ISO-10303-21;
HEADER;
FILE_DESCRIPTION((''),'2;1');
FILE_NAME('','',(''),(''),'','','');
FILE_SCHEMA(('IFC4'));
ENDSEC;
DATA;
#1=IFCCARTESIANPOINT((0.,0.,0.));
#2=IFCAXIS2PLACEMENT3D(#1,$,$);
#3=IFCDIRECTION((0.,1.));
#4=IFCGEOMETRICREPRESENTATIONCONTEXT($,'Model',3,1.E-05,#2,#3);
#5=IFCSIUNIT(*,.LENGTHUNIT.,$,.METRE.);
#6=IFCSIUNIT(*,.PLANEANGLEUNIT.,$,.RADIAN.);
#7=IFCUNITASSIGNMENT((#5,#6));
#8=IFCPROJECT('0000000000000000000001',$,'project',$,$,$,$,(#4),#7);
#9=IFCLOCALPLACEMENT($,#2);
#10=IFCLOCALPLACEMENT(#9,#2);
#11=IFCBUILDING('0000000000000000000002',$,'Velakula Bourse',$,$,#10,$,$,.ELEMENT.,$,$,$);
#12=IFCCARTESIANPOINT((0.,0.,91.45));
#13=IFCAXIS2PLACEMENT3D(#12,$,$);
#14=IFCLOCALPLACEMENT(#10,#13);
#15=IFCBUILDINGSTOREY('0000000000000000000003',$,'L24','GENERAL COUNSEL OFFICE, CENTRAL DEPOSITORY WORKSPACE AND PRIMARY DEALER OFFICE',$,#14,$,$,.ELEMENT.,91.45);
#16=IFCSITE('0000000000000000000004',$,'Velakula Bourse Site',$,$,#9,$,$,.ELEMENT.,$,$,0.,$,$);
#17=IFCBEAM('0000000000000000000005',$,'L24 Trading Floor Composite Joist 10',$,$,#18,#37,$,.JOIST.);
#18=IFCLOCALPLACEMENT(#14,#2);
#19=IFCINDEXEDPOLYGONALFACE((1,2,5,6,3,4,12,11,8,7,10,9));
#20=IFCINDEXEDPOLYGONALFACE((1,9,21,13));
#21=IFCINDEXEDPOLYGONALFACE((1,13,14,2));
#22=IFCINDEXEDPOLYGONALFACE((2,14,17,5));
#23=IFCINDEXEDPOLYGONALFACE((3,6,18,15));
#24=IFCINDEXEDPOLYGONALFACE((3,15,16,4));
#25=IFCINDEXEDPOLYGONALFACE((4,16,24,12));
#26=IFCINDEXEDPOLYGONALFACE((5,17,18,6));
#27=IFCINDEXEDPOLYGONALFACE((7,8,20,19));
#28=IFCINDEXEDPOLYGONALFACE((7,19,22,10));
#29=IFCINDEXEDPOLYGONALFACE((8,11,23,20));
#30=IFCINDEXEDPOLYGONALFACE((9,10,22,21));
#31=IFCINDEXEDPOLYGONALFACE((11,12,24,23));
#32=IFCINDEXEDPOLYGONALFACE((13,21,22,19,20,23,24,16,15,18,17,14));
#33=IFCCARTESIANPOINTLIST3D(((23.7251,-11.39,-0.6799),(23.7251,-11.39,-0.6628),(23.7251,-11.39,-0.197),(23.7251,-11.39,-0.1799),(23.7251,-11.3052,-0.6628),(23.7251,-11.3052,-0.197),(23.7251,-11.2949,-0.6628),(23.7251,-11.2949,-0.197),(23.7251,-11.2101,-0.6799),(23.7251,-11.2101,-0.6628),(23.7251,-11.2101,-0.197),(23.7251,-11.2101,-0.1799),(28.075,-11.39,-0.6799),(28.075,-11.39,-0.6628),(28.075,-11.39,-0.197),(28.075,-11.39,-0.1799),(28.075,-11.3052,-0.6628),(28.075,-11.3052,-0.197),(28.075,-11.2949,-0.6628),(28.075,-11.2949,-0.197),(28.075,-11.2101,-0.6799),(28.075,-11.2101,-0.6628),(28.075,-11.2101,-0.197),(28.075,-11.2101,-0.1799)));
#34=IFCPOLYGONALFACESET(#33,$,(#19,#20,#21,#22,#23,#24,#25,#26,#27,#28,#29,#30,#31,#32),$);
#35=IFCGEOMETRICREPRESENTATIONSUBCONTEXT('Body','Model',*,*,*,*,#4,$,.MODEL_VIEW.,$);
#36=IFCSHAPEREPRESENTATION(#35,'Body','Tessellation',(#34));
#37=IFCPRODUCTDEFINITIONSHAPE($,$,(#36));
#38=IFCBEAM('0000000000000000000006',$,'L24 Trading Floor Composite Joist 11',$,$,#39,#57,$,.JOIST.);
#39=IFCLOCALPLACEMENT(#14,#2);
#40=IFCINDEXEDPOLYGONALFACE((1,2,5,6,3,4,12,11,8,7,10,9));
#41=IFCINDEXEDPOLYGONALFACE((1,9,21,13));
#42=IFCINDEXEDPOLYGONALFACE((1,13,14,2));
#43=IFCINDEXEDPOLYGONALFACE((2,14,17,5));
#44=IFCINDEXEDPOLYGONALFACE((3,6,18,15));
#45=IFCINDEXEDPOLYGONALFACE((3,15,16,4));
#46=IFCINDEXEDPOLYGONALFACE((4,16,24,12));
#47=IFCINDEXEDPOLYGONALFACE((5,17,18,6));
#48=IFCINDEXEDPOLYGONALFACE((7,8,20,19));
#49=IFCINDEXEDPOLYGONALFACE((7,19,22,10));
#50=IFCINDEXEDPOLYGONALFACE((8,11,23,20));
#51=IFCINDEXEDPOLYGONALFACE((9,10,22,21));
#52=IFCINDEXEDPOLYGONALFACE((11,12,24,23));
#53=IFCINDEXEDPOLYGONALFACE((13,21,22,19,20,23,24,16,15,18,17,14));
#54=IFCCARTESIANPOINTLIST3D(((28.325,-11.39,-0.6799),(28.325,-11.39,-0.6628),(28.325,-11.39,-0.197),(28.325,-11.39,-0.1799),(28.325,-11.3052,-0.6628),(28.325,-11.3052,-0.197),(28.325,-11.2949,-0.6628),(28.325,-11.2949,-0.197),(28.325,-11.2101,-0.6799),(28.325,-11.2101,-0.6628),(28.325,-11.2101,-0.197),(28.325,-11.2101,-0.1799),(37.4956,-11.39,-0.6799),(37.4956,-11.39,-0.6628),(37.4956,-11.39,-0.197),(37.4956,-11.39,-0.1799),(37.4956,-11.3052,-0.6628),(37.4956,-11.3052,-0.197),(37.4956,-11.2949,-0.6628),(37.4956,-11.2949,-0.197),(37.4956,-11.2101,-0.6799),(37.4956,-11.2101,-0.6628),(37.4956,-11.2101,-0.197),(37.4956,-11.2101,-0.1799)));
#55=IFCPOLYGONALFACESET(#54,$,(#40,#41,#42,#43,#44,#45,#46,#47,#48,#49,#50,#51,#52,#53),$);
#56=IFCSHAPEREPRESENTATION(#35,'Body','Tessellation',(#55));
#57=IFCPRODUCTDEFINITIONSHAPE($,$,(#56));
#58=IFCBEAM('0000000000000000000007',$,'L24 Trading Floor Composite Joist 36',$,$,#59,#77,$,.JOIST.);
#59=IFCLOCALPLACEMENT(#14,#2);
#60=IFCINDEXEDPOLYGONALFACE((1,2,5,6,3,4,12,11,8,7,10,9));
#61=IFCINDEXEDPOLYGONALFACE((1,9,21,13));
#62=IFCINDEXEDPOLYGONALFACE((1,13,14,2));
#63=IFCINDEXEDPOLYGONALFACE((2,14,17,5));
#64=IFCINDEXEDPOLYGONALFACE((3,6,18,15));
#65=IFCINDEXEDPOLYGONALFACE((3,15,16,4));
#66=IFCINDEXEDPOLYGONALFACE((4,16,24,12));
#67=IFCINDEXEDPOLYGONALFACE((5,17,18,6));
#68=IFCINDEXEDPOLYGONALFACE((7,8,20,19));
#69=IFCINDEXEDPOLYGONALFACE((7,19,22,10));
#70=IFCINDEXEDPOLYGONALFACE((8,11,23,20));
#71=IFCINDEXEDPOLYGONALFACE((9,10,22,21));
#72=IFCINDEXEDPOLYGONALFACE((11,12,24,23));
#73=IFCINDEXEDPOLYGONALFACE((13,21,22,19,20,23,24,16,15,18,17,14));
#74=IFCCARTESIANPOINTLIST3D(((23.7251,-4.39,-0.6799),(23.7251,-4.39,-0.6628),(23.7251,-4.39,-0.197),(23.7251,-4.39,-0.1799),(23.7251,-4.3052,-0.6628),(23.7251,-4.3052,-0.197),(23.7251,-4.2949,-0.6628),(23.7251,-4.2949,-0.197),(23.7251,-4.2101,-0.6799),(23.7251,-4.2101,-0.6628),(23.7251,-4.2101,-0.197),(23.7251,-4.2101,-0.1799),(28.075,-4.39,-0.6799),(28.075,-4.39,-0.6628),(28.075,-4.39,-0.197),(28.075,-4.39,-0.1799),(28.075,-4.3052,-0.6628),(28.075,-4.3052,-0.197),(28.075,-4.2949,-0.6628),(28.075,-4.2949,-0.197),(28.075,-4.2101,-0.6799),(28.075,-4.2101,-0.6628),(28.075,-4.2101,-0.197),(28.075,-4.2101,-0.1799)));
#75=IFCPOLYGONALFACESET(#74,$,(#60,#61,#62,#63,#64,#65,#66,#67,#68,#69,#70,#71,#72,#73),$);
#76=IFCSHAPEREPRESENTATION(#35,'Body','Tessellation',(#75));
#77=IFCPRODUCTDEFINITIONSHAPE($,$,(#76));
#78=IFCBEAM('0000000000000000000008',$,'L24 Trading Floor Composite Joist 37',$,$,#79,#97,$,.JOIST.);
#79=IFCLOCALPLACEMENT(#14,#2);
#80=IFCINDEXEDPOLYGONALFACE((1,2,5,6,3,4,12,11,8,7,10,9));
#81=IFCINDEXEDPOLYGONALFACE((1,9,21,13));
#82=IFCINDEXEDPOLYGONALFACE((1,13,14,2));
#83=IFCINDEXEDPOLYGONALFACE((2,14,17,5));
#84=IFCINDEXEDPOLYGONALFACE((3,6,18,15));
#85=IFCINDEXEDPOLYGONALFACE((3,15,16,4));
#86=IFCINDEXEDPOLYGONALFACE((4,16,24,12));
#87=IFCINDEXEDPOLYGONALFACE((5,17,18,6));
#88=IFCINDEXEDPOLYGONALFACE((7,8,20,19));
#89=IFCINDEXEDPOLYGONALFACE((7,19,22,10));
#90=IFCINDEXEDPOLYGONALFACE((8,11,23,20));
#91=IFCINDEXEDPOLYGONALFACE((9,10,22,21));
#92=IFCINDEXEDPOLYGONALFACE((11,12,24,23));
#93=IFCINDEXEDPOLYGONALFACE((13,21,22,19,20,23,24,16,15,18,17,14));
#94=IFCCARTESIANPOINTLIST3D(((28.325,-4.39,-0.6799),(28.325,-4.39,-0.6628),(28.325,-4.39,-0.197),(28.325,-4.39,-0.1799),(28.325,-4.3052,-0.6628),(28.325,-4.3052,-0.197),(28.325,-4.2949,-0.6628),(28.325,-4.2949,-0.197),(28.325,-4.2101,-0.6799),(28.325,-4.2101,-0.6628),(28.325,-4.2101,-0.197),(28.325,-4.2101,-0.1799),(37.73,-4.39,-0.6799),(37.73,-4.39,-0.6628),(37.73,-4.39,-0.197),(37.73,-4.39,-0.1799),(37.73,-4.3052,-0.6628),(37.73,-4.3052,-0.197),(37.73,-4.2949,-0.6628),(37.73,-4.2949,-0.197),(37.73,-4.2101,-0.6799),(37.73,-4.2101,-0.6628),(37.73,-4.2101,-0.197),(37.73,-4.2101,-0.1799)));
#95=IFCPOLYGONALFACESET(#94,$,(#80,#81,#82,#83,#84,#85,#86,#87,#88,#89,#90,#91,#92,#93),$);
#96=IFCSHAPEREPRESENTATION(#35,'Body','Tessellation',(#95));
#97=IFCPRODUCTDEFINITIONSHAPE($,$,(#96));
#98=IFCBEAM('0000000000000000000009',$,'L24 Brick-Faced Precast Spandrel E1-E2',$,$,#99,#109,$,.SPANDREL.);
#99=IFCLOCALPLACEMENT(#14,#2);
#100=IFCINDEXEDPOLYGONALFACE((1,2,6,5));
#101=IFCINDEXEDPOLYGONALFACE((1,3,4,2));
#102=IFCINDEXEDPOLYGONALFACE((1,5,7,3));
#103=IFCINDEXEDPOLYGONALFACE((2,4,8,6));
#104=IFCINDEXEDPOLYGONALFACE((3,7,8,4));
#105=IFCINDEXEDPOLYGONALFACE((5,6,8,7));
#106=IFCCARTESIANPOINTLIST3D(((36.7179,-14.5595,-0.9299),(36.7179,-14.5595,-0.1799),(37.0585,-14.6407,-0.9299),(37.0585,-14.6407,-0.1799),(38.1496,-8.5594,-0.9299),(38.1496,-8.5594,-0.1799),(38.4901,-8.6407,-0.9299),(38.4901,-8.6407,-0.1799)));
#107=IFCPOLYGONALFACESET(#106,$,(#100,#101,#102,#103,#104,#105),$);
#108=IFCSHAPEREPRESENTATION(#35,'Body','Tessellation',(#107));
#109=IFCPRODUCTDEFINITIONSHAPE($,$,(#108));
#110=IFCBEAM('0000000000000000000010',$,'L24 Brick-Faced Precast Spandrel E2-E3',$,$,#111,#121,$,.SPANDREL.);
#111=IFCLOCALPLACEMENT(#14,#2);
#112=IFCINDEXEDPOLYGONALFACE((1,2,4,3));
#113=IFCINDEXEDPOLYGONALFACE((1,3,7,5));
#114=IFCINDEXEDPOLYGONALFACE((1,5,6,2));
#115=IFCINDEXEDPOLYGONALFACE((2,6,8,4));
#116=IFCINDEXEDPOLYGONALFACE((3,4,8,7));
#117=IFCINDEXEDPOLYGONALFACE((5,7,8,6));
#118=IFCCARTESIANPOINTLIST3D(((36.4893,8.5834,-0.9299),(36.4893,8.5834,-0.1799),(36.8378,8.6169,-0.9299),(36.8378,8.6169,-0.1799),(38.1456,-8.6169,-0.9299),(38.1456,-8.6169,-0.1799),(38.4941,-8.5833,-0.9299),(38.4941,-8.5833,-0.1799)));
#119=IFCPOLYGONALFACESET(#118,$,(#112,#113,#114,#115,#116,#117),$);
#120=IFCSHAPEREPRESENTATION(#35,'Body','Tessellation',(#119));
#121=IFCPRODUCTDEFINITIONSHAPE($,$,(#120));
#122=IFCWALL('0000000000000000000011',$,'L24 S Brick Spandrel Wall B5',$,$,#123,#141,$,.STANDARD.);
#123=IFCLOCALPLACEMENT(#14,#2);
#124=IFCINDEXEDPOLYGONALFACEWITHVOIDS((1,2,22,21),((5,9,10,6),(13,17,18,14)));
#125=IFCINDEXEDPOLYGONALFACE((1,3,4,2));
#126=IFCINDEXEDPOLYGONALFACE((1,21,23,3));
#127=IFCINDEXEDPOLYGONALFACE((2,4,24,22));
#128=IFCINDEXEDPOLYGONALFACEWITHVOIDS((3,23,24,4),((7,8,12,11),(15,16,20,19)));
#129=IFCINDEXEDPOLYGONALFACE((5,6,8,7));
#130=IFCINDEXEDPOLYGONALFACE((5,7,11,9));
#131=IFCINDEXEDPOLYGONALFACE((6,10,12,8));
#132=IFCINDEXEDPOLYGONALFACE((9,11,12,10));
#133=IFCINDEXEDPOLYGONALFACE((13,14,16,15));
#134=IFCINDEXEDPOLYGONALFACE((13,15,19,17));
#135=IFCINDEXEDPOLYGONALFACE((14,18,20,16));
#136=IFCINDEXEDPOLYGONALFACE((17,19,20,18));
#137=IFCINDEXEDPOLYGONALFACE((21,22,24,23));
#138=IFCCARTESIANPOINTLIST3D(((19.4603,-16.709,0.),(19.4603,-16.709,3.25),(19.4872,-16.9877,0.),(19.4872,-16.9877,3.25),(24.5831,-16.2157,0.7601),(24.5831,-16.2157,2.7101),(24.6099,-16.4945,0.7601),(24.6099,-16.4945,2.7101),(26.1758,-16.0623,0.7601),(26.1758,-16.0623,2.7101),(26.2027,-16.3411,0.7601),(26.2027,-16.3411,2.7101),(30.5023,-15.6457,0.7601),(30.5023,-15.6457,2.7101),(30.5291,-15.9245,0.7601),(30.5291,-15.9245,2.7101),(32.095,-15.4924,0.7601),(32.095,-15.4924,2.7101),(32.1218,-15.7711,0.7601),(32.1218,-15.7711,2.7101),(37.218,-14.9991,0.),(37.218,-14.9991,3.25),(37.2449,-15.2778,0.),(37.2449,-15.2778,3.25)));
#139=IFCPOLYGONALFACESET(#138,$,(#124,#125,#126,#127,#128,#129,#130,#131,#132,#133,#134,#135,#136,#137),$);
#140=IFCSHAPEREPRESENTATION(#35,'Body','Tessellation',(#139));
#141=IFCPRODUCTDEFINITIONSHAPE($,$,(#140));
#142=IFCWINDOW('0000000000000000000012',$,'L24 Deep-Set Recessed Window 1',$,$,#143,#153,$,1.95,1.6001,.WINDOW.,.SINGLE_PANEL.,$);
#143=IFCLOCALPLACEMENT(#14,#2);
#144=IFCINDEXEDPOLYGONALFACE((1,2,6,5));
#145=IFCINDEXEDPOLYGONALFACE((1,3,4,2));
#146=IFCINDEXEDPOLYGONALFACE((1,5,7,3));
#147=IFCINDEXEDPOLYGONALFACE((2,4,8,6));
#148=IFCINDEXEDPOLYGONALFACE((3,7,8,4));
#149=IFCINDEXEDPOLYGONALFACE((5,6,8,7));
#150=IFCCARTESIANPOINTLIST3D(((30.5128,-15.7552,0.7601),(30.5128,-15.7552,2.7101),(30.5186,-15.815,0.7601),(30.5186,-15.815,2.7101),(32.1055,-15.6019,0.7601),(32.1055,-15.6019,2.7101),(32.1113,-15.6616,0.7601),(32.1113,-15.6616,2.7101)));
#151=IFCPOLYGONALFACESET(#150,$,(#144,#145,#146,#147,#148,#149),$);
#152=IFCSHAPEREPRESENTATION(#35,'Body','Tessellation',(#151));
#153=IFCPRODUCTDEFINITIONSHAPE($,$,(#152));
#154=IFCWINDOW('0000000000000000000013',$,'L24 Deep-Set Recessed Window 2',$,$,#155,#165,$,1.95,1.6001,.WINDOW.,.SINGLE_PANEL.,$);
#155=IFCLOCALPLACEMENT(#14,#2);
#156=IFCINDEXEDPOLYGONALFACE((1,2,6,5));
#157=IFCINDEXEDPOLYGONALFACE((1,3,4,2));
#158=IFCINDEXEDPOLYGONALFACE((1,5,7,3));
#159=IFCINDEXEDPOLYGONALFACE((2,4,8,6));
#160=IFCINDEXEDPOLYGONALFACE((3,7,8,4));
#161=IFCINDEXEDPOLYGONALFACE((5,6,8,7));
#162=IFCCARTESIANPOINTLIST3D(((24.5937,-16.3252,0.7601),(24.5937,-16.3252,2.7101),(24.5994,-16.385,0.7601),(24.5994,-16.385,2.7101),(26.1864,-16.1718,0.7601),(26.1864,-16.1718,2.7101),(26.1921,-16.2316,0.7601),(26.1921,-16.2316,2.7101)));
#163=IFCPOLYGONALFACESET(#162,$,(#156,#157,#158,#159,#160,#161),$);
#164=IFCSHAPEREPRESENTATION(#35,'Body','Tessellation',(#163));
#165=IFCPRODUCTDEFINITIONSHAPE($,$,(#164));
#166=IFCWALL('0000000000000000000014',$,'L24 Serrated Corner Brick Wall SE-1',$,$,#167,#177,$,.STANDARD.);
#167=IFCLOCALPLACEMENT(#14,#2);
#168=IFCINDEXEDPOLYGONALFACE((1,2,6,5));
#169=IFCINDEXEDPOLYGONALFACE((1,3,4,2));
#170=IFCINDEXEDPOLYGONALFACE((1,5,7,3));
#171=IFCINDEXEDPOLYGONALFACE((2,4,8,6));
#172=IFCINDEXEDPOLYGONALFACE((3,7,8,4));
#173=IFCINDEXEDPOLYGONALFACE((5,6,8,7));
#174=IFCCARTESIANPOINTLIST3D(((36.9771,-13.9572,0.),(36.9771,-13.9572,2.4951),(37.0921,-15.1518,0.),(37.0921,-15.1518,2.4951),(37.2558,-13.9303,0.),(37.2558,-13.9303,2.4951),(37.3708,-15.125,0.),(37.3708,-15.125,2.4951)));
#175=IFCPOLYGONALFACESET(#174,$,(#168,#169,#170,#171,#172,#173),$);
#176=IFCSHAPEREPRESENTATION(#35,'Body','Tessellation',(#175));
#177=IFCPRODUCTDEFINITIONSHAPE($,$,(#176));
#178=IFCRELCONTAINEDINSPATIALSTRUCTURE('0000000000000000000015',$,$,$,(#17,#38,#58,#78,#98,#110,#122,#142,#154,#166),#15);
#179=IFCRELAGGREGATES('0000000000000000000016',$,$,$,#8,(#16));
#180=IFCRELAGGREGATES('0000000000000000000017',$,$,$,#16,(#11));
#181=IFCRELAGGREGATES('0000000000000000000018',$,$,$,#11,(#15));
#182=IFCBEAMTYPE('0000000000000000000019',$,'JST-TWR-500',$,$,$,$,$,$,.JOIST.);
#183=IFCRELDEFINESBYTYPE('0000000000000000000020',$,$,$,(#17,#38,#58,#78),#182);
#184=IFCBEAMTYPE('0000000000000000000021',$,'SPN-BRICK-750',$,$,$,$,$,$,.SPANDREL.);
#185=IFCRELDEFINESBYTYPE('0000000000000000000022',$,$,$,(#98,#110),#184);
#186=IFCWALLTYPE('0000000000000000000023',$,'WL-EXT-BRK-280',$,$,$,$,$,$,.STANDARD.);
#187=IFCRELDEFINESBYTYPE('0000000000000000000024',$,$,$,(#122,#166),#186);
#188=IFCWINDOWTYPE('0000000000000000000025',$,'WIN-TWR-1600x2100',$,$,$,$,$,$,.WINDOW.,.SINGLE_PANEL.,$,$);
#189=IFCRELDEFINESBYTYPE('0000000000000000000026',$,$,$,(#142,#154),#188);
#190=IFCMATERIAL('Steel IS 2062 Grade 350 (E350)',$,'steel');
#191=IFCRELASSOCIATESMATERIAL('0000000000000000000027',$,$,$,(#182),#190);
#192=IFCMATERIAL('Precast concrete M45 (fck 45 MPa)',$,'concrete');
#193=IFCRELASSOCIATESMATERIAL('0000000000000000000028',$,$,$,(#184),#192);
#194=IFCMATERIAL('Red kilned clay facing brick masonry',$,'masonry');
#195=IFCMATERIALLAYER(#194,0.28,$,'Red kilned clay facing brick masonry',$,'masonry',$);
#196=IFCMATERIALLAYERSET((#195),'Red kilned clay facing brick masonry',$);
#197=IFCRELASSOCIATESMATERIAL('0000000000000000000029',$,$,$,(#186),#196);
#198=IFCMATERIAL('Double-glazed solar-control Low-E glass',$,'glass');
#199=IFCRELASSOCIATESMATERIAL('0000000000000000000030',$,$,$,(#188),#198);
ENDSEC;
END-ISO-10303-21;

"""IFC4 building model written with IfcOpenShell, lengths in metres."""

from ifc_helpers import new_model, si_unit, direction, frame, frame_2d, origin, origin_2d, place, context, subcontext, project, spatial, rectangle, i_section, extrude, material, layer, layer_set, material_profile, profile_set, type_object, element, fill, save


model = new_model("IFC4")

# Units and contexts
model_context = context("Model", 3, precision=1e-05, world=origin(), true_north=direction((0.0, 1.0)))
body_context = subcontext(model_context, "Body", "Model", "MODEL_VIEW")
ifc_project = project(units=[si_unit("LENGTHUNIT", "METRE"), si_unit("PLANEANGLEUNIT", "RADIAN")], contexts=[model_context])

# Site, building, storey
site_placement = place(None, origin())
site = spatial("IfcSite", under=ifc_project, at=site_placement, Name="Velakula Bourse Site", CompositionType="ELEMENT", RefElevation=0.0)
building_placement = place(site_placement, origin())
building = spatial("IfcBuilding", under=site, at=building_placement, Name="Velakula Bourse", CompositionType="ELEMENT")
storey_placement = place(building_placement, frame((0.0, 0.0, 91.45)))
storey = spatial("IfcBuildingStorey", under=building, at=storey_placement, Name="L24", Description="GENERAL COUNSEL OFFICE, CENTRAL DEPOSITORY WORKSPACE AND PRIMARY DEALER OFFICE", CompositionType="ELEMENT", Elevation=91.45)

# Beams
ifc_material_1 = material(Name="Steel IS 2062 Grade 350 (E350)", Category="steel")
ifc_material_profile_1 = material_profile(ifc_material_1, i_section(OverallWidth=0.1799, OverallDepth=0.5, WebThickness=0.0103, FlangeThickness=0.0171, at=origin_2d()), Name="Steel IS 2062 Grade 350 (E350)")
ifc_profile_set_1 = profile_set([ifc_material_profile_1], Name="Steel IS 2062 Grade 350 (E350)")
beam_type_1 = type_object("IfcBeamType", Name="JST-TWR-500", PredefinedType="JOIST", material=ifc_profile_set_1)
beam_1_placement = place(storey_placement, frame((23.7251, -11.3, -0.4299), z_axis=(1.0, 0.0, 0.0), x_axis=(0.0, 1.0, 0.0)))
element("IfcBeam", 1, at=beam_1_placement, inside=storey, type_object=beam_type_1, Name="L24 Trading Floor Composite Joist 10", PredefinedType="JOIST", context=body_context, shape_type="SweptSolid", body=[
    extrude(i_section(OverallWidth=0.1799, OverallDepth=0.5, WebThickness=0.0103, FlangeThickness=0.0171, at=origin_2d()), origin(), (0.0, 0.0, 1.0), 4.3499),
])
beam_2_placement = place(storey_placement, frame((28.325, -11.3, -0.4299), z_axis=(1.0, 0.0, 0.0), x_axis=(0.0, 1.0, 0.0)))
element("IfcBeam", 2, at=beam_2_placement, inside=storey, type_object=beam_type_1, Name="L24 Trading Floor Composite Joist 11", PredefinedType="JOIST", context=body_context, shape_type="SweptSolid", body=[
    extrude(i_section(OverallWidth=0.1799, OverallDepth=0.5, WebThickness=0.0103, FlangeThickness=0.0171, at=origin_2d()), origin(), (0.0, 0.0, 1.0), 9.1707),
])
beam_3_placement = place(storey_placement, frame((23.7251, -4.3, -0.4299), z_axis=(1.0, 0.0, 0.0), x_axis=(0.0, 1.0, 0.0)))
element("IfcBeam", 3, at=beam_3_placement, inside=storey, type_object=beam_type_1, Name="L24 Trading Floor Composite Joist 36", PredefinedType="JOIST", context=body_context, shape_type="SweptSolid", body=[
    extrude(i_section(OverallWidth=0.1799, OverallDepth=0.5, WebThickness=0.0103, FlangeThickness=0.0171, at=origin_2d()), origin(), (0.0, 0.0, 1.0), 4.3499),
])
beam_4_placement = place(storey_placement, frame((28.325, -4.3, -0.4299), z_axis=(1.0, 0.0, 0.0), x_axis=(0.0, 1.0, 0.0)))
element("IfcBeam", 4, at=beam_4_placement, inside=storey, type_object=beam_type_1, Name="L24 Trading Floor Composite Joist 37", PredefinedType="JOIST", context=body_context, shape_type="SweptSolid", body=[
    extrude(i_section(OverallWidth=0.1799, OverallDepth=0.5, WebThickness=0.0103, FlangeThickness=0.0171, at=origin_2d()), origin(), (0.0, 0.0, 1.0), 9.405),
])
ifc_material_2 = material(Name="Precast concrete M45 (fck 45 MPa)", Category="concrete")
ifc_material_profile_2 = material_profile(ifc_material_2, rectangle(XDim=0.3501, YDim=0.75, at=origin_2d()), Name="Precast concrete M45 (fck 45 MPa)")
ifc_profile_set_2 = profile_set([ifc_material_profile_2], Name="Precast concrete M45 (fck 45 MPa)")
beam_type_2 = type_object("IfcBeamType", Name="SPN-BRICK-750", PredefinedType="SPANDREL", material=ifc_profile_set_2)
beam_5_placement = place(storey_placement, frame((36.8882, -14.6001, -0.5549), z_axis=(0.232091, 0.972694, 0.0), x_axis=(-0.972694, 0.232091, 0.0)))
element("IfcBeam", 5, at=beam_5_placement, inside=storey, type_object=beam_type_2, Name="L24 Brick-Faced Precast Spandrel E1-E2", PredefinedType="SPANDREL", context=body_context, shape_type="SweptSolid", body=[
    extrude(rectangle(XDim=0.3501, YDim=0.75, at=origin_2d()), origin(), (0.0, 0.0, 1.0), 6.1685),
])
beam_6_placement = place(storey_placement, frame((38.3198, -8.6001, -0.5549), z_axis=(-0.095849, 0.995396, 0.0), x_axis=(-0.995396, -0.095849, 0.0)))
element("IfcBeam", 6, at=beam_6_placement, inside=storey, type_object=beam_type_2, Name="L24 Brick-Faced Precast Spandrel E2-E3", PredefinedType="SPANDREL", context=body_context, shape_type="SweptSolid", body=[
    extrude(rectangle(XDim=0.3501, YDim=0.75, at=origin_2d()), origin(), (0.0, 0.0, 1.0), 17.2798),
])

# Wall, openings, windows
ifc_material_3 = material(Name="Red kilned clay facing brick masonry", Category="masonry")
ifc_layer_1 = layer(ifc_material_3, 0.28, Name="Red kilned clay facing brick masonry", Category="masonry")
ifc_layer_set_1 = layer_set([ifc_layer_1], Name="Red kilned clay facing brick masonry")
wall_type_1 = type_object("IfcWallType", Name="WL-EXT-BRK-280", PredefinedType="STANDARD", material=ifc_layer_set_1)
wall_1_placement = place(storey_placement, frame((37.2314, -15.1384, 0.0), z_axis=(0.0, 0.0, 1.0), x_axis=(-0.995396, -0.09585, 0.0)))
wall_1 = element("IfcWall", 7, at=wall_1_placement, inside=storey, type_object=wall_type_1, Name="L24 S Brick Spandrel Wall B5", PredefinedType="STANDARD", context=body_context, shape_type="SweptSolid", body=[
    extrude(rectangle(XDim=17.8398, YDim=0.28, at=frame_2d((8.9199, 0.0))), origin(), (0.0, 0.0, 1.0), 3.25),
])
opening_1_placement = place(wall_1_placement, frame((5.1467, 0.0, 0.76)))
opening_1 = element("IfcOpeningElement", 8, at=opening_1_placement, cuts=wall_1, PredefinedType="OPENING", context=body_context, shape_type="SweptSolid", body=[
    extrude(rectangle(XDim=1.6001, YDim=1.95, at=frame_2d((0.8, 0.9751))), frame((0.0, 0.1499, 0.0), z_axis=(0.0, -1.0, 0.0), x_axis=(1.0, 0.0, 0.0)), (0.0, 0.0, 1.0), 0.3),
])
opening_2_placement = place(wall_1_placement, frame((11.0933, 0.0, 0.76)))
opening_2 = element("IfcOpeningElement", 9, at=opening_2_placement, cuts=wall_1, PredefinedType="OPENING", context=body_context, shape_type="SweptSolid", body=[
    extrude(rectangle(XDim=1.6001, YDim=1.95, at=frame_2d((0.8, 0.9751))), frame((0.0, 0.1499, 0.0), z_axis=(0.0, -1.0, 0.0), x_axis=(1.0, 0.0, 0.0)), (0.0, 0.0, 1.0), 0.3),
])
ifc_material_4 = material(Name="Double-glazed solar-control Low-E glass", Category="glass")
window_type = type_object("IfcWindowType", Name="WIN-TWR-1600x2100", PartitioningType="SINGLE_PANEL", PredefinedType="WINDOW", material=ifc_material_4)
window_1_placement = place(opening_1_placement, origin())
window_1 = element("IfcWindow", 10, at=window_1_placement, inside=storey, type_object=window_type, Name="L24 Deep-Set Recessed Window 1", OverallHeight=1.95, OverallWidth=1.6001, PartitioningType="SINGLE_PANEL", PredefinedType="WINDOW", context=body_context, shape_type="SweptSolid", body=[
    extrude(rectangle(XDim=1.6001, YDim=1.95, at=frame_2d((0.8, 0.9751))), frame((0.0, 0.03, 0.0), z_axis=(0.0, -1.0, 0.0), x_axis=(1.0, 0.0, 0.0)), (0.0, 0.0, 1.0), 0.0601),
])
fill(opening_1, window_1)
window_2_placement = place(opening_2_placement, origin())
window_2 = element("IfcWindow", 11, at=window_2_placement, inside=storey, type_object=window_type, Name="L24 Deep-Set Recessed Window 2", OverallHeight=1.95, OverallWidth=1.6001, PartitioningType="SINGLE_PANEL", PredefinedType="WINDOW", context=body_context, shape_type="SweptSolid", body=[
    extrude(rectangle(XDim=1.6001, YDim=1.95, at=frame_2d((0.8, 0.9751))), frame((0.0, 0.03, 0.0), z_axis=(0.0, -1.0, 0.0), x_axis=(1.0, 0.0, 0.0)), (0.0, 0.0, 1.0), 0.0601),
])
fill(opening_2, window_2)

# Wall
for number, where, z_axis, x_axis, name in (
    (12, (37.2314, -15.1384, 0.0), (0.0, 0.0, 1.0), (-0.095817, 0.995399, 0.0), "L24 Serrated Corner Brick Wall SE-1"),
):
    element("IfcWall", number, at=place(storey_placement, frame(where, z_axis=z_axis, x_axis=x_axis)), inside=storey, type_object=wall_type_1, Name=name, PredefinedType="STANDARD", context=body_context, shape_type="SweptSolid", body=[
        extrude(rectangle(XDim=1.2002, YDim=0.28, at=frame_2d((0.6001, 0.0))), origin(), (0.0, 0.0, 1.0), 2.4951),
    ])

save(model, "model.ifc")
